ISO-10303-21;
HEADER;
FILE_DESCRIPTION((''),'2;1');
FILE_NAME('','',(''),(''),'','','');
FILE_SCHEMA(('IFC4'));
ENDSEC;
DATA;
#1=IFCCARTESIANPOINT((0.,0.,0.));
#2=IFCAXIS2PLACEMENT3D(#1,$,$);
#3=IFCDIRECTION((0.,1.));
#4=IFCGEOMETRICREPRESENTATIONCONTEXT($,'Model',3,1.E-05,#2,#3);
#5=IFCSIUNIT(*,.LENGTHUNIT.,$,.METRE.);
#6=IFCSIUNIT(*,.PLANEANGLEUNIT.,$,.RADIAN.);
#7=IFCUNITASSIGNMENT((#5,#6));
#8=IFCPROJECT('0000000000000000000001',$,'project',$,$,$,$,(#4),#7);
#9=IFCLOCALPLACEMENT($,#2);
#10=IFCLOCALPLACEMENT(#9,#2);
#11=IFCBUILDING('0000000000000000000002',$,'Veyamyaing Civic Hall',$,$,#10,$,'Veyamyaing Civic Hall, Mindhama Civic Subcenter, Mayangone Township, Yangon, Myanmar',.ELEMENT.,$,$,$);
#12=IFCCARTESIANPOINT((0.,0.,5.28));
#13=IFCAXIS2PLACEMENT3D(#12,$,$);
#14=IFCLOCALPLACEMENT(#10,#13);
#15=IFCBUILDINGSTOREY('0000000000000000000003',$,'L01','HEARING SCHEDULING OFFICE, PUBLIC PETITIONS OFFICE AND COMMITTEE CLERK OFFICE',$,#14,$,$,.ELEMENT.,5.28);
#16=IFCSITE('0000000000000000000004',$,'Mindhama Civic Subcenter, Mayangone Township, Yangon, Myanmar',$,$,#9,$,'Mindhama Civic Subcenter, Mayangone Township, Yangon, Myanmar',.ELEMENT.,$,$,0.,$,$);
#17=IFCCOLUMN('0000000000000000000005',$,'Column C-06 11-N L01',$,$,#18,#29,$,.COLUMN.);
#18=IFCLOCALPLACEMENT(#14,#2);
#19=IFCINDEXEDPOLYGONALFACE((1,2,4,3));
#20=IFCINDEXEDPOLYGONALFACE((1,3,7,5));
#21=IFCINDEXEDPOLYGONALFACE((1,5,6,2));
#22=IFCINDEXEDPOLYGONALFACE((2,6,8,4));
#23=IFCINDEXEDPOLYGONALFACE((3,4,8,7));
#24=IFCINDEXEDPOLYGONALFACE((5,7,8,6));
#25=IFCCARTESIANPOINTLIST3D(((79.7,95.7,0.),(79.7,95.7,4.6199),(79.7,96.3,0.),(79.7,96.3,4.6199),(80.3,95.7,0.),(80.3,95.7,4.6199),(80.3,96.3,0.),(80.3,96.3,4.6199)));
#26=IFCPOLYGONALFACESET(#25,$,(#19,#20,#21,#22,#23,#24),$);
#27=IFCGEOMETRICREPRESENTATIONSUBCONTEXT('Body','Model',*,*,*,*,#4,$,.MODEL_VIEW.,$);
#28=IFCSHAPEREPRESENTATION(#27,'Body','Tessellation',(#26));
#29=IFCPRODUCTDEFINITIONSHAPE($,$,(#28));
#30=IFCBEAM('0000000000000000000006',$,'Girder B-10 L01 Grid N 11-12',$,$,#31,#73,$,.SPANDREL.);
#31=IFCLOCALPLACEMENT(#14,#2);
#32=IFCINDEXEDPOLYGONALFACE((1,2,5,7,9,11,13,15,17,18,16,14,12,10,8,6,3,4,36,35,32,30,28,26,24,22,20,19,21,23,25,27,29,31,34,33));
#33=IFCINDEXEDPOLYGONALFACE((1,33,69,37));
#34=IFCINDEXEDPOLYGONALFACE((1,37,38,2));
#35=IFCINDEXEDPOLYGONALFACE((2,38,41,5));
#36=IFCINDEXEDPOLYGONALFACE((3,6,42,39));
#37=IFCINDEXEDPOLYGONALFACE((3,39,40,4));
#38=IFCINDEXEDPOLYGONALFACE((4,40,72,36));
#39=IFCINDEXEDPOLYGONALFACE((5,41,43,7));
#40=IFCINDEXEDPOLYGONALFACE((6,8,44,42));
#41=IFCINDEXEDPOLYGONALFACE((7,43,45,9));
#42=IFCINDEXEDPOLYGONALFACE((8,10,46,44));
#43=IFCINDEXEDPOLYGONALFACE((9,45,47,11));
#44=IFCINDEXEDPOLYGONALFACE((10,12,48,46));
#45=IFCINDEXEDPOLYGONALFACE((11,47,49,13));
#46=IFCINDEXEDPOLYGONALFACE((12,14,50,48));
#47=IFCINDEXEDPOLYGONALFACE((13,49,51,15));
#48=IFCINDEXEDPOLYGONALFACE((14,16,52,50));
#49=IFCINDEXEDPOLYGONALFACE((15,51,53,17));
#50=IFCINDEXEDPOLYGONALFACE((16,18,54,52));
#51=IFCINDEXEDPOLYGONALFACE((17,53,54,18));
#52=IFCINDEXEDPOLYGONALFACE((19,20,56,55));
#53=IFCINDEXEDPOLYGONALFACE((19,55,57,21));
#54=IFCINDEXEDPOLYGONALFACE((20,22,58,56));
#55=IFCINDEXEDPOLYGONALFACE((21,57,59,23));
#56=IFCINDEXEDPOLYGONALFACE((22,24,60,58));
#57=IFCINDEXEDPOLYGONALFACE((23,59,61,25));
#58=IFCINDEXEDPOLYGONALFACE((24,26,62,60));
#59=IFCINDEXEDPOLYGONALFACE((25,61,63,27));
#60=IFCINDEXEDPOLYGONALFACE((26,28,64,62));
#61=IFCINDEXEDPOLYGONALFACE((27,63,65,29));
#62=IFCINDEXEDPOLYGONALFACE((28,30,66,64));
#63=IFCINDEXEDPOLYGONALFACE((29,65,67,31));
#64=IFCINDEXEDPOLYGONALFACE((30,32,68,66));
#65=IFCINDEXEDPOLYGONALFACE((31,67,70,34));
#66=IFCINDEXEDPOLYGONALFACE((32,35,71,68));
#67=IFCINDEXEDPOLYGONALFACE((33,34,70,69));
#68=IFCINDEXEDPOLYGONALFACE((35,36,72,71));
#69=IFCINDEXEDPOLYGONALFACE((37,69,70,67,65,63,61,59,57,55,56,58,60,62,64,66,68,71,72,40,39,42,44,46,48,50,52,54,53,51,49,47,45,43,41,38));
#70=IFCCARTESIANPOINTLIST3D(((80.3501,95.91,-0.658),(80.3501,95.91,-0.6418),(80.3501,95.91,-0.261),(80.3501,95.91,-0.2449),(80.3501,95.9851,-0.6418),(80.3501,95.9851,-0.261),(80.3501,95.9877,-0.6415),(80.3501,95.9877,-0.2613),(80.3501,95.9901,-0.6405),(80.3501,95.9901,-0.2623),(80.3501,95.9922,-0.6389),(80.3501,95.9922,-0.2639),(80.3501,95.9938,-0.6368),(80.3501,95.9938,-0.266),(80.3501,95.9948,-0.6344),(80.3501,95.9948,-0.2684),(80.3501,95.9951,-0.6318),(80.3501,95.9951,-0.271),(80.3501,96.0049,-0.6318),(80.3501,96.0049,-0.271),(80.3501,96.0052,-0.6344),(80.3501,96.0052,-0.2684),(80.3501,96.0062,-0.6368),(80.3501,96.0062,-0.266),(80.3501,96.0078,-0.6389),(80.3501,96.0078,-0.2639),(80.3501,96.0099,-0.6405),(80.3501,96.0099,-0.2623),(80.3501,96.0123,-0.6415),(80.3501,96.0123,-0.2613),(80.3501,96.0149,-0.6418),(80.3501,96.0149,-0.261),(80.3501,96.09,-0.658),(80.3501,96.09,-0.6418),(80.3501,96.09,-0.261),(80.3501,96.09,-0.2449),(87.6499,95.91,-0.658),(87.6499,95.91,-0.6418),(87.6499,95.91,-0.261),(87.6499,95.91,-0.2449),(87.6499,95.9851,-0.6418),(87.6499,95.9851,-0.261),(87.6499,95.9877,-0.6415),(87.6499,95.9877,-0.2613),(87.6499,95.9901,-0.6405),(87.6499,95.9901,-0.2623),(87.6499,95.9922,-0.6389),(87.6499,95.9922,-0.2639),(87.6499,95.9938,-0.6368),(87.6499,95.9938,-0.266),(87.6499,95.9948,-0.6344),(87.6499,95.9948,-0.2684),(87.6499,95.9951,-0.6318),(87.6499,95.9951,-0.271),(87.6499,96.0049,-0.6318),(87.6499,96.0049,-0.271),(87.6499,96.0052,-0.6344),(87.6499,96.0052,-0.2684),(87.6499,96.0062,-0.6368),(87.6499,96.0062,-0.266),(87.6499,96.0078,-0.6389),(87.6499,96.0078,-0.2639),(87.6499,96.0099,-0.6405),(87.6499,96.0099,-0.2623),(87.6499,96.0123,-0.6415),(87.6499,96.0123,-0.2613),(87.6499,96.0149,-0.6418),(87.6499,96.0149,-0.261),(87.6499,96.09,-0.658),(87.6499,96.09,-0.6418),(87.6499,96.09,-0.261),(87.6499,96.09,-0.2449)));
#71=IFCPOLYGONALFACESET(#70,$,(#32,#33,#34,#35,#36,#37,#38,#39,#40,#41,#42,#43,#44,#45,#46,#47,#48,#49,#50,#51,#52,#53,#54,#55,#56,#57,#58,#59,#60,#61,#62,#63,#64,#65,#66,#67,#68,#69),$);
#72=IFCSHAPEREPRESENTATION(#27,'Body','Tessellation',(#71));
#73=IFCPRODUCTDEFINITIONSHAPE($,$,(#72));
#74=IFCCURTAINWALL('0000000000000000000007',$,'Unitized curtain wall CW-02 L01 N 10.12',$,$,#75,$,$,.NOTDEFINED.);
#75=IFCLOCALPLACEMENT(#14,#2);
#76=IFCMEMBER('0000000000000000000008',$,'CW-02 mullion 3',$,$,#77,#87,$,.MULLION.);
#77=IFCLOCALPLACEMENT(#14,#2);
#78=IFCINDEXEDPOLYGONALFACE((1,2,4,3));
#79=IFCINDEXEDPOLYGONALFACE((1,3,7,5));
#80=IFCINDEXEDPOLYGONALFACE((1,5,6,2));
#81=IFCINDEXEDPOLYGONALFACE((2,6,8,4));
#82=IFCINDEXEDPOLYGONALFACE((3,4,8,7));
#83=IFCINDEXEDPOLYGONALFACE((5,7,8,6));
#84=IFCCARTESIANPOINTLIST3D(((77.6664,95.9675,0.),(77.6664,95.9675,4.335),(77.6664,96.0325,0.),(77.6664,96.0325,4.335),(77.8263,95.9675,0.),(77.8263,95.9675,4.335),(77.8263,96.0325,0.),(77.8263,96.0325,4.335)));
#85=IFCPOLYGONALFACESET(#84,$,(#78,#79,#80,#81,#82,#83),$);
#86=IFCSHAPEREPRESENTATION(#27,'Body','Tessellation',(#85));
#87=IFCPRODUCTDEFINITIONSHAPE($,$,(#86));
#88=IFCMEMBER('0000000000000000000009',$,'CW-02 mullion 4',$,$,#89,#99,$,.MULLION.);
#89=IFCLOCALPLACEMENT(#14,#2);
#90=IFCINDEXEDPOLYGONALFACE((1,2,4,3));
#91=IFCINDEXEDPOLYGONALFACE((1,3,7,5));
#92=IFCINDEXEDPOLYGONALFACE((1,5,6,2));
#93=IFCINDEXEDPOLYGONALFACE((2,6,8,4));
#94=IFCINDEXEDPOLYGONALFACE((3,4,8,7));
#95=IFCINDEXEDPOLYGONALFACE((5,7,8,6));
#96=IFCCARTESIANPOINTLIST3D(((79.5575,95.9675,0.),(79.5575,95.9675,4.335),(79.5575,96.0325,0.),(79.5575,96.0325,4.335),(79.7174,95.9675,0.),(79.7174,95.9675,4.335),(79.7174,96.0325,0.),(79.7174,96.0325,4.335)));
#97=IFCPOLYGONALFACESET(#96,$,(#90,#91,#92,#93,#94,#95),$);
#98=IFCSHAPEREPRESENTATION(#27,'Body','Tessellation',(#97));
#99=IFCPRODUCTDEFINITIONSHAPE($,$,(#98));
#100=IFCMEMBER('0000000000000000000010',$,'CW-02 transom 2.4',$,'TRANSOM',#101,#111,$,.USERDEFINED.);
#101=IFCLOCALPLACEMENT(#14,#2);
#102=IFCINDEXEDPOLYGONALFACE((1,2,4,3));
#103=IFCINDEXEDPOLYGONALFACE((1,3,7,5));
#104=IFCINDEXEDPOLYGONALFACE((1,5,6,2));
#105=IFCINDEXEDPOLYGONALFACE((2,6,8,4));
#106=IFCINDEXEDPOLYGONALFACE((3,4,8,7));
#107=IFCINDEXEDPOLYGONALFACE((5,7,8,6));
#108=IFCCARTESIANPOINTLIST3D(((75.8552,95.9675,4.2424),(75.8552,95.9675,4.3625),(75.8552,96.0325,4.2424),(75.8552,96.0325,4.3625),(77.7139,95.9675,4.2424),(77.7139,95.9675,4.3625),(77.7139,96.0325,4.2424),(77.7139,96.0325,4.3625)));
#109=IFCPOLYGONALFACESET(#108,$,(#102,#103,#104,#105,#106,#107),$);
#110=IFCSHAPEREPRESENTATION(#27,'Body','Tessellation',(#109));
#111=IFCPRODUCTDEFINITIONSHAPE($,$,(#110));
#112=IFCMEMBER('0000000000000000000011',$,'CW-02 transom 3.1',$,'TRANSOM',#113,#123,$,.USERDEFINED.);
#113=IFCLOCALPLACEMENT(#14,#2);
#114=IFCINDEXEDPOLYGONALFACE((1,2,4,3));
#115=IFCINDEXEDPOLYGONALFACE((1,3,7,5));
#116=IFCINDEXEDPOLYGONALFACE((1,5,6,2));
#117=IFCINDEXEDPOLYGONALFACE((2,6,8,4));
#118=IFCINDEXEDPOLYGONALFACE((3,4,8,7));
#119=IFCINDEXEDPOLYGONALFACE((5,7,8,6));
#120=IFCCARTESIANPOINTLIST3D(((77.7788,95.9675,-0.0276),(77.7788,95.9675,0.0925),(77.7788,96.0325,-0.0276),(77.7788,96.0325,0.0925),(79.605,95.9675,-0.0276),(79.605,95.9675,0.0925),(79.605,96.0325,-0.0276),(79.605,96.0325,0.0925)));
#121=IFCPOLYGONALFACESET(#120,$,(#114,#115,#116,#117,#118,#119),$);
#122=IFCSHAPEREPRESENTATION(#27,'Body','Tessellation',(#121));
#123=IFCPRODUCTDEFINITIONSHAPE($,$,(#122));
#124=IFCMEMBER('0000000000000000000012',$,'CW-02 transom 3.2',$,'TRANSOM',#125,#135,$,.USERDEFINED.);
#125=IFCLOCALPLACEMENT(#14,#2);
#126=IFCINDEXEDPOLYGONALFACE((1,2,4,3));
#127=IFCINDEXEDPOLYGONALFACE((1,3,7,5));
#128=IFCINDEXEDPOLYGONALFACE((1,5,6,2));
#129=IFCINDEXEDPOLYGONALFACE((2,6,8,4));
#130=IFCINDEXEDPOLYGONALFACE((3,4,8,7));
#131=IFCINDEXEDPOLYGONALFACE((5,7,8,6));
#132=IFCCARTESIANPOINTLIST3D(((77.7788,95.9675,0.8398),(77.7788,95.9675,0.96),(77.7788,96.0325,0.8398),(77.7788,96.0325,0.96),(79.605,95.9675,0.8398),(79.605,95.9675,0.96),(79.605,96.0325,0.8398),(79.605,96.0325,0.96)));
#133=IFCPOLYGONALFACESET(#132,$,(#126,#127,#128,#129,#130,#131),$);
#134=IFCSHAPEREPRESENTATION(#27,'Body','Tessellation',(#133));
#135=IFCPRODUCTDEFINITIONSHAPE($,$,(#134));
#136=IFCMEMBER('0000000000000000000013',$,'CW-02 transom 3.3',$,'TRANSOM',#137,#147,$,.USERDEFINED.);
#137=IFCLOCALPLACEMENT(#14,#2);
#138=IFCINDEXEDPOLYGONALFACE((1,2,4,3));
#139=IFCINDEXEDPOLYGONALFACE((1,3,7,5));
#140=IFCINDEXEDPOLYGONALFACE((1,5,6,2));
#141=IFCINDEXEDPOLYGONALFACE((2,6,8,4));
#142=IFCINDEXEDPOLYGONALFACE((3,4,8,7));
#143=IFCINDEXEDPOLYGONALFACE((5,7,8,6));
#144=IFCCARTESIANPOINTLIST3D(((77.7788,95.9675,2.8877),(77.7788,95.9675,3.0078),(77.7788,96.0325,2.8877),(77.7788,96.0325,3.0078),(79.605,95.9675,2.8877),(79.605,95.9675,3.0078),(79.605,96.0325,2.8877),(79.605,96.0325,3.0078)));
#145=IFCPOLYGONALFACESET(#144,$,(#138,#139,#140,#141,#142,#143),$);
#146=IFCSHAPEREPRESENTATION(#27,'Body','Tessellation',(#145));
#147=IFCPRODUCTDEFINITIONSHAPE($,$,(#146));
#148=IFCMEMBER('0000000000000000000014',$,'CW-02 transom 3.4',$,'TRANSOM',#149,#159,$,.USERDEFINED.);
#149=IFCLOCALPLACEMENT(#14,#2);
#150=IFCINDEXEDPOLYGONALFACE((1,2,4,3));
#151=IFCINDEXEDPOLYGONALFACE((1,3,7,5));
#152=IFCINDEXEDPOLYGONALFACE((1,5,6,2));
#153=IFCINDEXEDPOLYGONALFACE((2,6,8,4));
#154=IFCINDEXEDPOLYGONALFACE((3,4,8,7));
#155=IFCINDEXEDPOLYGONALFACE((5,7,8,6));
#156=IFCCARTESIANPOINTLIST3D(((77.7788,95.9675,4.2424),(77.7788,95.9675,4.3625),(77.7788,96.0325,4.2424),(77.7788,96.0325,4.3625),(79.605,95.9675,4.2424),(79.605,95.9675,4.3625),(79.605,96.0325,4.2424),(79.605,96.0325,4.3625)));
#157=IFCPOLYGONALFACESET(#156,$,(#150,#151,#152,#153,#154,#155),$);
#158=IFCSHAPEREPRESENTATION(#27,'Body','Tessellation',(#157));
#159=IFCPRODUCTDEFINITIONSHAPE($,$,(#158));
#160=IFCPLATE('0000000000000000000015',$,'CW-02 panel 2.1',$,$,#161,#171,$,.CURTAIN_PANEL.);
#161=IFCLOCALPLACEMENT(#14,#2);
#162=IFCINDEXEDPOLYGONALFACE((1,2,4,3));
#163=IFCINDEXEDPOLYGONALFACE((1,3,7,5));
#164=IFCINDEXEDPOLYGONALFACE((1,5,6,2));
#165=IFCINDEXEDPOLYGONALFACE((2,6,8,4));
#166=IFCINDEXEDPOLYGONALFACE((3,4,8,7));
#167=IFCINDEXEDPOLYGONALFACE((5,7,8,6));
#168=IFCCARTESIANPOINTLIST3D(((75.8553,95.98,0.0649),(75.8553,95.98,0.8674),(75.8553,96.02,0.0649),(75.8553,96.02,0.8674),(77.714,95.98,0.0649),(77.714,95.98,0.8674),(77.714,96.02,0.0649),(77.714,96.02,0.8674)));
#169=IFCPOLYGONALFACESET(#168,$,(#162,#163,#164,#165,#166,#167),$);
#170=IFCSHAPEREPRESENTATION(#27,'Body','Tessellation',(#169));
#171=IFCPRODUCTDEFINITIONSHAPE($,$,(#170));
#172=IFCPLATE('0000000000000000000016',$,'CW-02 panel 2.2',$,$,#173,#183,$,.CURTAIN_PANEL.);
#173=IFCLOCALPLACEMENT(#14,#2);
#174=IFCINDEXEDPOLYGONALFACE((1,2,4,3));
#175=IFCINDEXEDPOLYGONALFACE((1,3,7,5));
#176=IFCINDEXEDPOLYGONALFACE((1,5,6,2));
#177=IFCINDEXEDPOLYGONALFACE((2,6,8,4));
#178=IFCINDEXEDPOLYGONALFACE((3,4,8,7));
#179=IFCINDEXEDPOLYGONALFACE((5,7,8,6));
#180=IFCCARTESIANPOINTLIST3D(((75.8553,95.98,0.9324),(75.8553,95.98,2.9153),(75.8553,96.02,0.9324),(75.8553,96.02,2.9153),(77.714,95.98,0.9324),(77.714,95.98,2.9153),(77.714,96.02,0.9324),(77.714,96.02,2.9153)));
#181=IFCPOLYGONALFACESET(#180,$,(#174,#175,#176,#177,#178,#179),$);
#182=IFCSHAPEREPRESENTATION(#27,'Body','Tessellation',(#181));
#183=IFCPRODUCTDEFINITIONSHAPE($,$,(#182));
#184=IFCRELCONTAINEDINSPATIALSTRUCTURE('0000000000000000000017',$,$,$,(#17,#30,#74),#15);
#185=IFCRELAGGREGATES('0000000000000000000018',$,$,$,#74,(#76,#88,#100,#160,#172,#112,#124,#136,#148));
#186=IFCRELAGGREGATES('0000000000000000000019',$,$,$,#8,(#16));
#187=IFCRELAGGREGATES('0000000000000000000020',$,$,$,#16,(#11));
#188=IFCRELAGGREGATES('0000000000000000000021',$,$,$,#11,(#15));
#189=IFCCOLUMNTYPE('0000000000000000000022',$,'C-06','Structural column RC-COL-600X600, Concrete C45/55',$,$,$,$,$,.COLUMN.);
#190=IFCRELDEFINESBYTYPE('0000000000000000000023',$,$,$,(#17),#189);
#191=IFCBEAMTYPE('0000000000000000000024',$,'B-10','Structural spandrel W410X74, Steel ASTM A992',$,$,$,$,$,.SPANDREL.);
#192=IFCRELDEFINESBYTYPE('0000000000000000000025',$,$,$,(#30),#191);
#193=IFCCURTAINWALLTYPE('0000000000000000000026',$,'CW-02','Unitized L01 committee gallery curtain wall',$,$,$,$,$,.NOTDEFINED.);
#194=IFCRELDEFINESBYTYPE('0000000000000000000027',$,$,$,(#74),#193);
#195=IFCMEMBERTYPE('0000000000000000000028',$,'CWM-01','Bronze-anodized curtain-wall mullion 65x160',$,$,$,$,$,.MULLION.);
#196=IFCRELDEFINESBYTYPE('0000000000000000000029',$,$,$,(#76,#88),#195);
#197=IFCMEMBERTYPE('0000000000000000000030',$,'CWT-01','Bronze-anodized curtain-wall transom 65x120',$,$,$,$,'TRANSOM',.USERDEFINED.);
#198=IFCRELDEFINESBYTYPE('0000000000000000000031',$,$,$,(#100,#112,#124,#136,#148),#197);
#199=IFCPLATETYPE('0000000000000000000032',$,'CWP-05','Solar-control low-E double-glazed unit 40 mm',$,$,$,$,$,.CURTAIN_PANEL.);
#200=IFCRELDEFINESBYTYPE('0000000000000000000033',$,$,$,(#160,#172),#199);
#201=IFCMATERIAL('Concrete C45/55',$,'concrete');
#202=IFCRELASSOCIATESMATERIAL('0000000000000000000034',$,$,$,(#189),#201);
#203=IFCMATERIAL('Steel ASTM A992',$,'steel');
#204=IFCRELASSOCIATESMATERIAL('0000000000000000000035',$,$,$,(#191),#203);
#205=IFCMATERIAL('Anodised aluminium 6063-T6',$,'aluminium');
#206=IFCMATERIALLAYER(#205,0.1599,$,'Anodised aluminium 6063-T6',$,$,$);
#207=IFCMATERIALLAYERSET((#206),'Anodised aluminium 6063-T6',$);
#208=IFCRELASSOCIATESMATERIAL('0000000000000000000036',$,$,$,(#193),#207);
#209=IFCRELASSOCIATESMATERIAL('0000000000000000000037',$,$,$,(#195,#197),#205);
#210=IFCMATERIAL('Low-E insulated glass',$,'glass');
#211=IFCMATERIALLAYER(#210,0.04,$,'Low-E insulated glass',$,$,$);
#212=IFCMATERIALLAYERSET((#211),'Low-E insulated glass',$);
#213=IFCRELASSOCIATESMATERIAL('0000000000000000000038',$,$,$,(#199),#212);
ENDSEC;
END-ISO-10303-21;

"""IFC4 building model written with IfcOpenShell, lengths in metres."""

from ifc_helpers import new_model, si_unit, direction, frame, origin, origin_2d, place, context, subcontext, project, spatial, rectangle, i_section, extrude, material, layer, layer_set, material_profile, profile_set, type_object, element, aggregate, save


model = new_model("IFC4")

# Units and contexts
model_context = context("Model", 3, precision=1e-05, world=origin(), true_north=direction((0.0, 1.0)))
body_context = subcontext(model_context, "Body", "Model", "MODEL_VIEW")
ifc_project = project(units=[si_unit("LENGTHUNIT", "METRE"), si_unit("PLANEANGLEUNIT", "RADIAN")], contexts=[model_context])

# Site, building, storey
site_placement = place(None, origin())
site = spatial("IfcSite", under=ifc_project, at=site_placement, Name="Mindhama Civic Subcenter, Mayangone Township, Yangon, Myanmar", LongName="Mindhama Civic Subcenter, Mayangone Township, Yangon, Myanmar", CompositionType="ELEMENT", RefElevation=0.0)
building_placement = place(site_placement, origin())
building = spatial("IfcBuilding", under=site, at=building_placement, Name="Veyamyaing Civic Hall", LongName="Veyamyaing Civic Hall, Mindhama Civic Subcenter, Mayangone Township, Yangon, Myanmar", CompositionType="ELEMENT")
storey_placement = place(building_placement, frame((0.0, 0.0, 5.28)))
storey = spatial("IfcBuildingStorey", under=building, at=storey_placement, Name="L01", Description="HEARING SCHEDULING OFFICE, PUBLIC PETITIONS OFFICE AND COMMITTEE CLERK OFFICE", CompositionType="ELEMENT", Elevation=5.28)

# Column
ifc_material_1 = material(Name="Concrete C45/55", Category="concrete")
ifc_material_profile_1 = material_profile(ifc_material_1, rectangle(XDim=0.6001, YDim=0.6001, at=origin_2d()), Name="RC-COL-600X600")
ifc_profile_set_1 = profile_set([ifc_material_profile_1], Name="Concrete C45/55")
column_type = type_object("IfcColumnType", Name="C-06", Description="Structural column RC-COL-600X600, Concrete C45/55", PredefinedType="COLUMN", material=ifc_profile_set_1)
column_placement = place(storey_placement, frame((80.0, 96.0, 0.0), z_axis=(0.0, 0.0, 1.0), x_axis=(1.0, 0.0, 0.0)))
element("IfcColumn", 1, at=column_placement, inside=storey, type_object=column_type, Name="Column C-06 11-N L01", PredefinedType="COLUMN", context=body_context, shape_type="SweptSolid", body=[
    extrude(rectangle(XDim=0.6001, YDim=0.6001, at=origin_2d()), origin(), (0.0, 0.0, 1.0), 4.6199),
])

# Beam
ifc_material_2 = material(Name="Steel ASTM A992", Category="steel")
ifc_material_profile_2 = material_profile(ifc_material_2, i_section(OverallWidth=0.1799, OverallDepth=0.4131, WebThickness=0.0098, FlangeThickness=0.0161, FilletRadius=0.01, at=origin_2d()), Name="W410X74")
ifc_profile_set_2 = profile_set([ifc_material_profile_2], Name="Steel ASTM A992")
beam_type = type_object("IfcBeamType", Name="B-10", Description="Structural spandrel W410X74, Steel ASTM A992", PredefinedType="SPANDREL", material=ifc_profile_set_2)
beam_placement = place(storey_placement, frame((80.3501, 96.0, -0.4514), z_axis=(1.0, 0.0, 0.0), x_axis=(0.0, 1.0, 0.0)))
element("IfcBeam", 2, at=beam_placement, inside=storey, type_object=beam_type, Name="Girder B-10 L01 Grid N 11-12", PredefinedType="SPANDREL", context=body_context, shape_type="SweptSolid", body=[
    extrude(i_section(OverallWidth=0.1799, OverallDepth=0.4131, WebThickness=0.0098, FlangeThickness=0.0161, FilletRadius=0.01, at=origin_2d()), origin(), (0.0, 0.0, 1.0), 7.2998),
])

# Curtain wall, members, plates
ifc_material_3 = material(Name="Anodised aluminium 6063-T6", Category="aluminium")
ifc_layer_1 = layer(ifc_material_3, 0.1599, Name="Anodised aluminium 6063-T6")
ifc_layer_set_1 = layer_set([ifc_layer_1], Name="Anodised aluminium 6063-T6")
curtain_wall_type = type_object("IfcCurtainWallType", Name="CW-02", Description="Unitized L01 committee gallery curtain wall", PredefinedType="NOTDEFINED", material=ifc_layer_set_1)
curtain_wall_placement = place(storey_placement, origin())
curtain_wall = element("IfcCurtainWall", 3, at=curtain_wall_placement, inside=storey, type_object=curtain_wall_type, Name="Unitized curtain wall CW-02 L01 N 10.12", PredefinedType="NOTDEFINED")
ifc_material_profile_3 = material_profile(ifc_material_3, rectangle(XDim=0.0649, YDim=0.1599, at=origin_2d()), Name="ALU-MUL-65X160")
ifc_profile_set_3 = profile_set([ifc_material_profile_3], Name="Anodised aluminium 6063-T6")
member_type_1 = type_object("IfcMemberType", Name="CWM-01", Description="Bronze-anodized curtain-wall mullion 65x160", PredefinedType="MULLION", material=ifc_profile_set_3)
member_1_placement = place(storey_placement, frame((77.7463, 96.0, 0.0), z_axis=(0.0, 0.0, 1.0), x_axis=(0.0, 1.0, 0.0)))
member_1 = element("IfcMember", 4, at=member_1_placement, type_object=member_type_1, Name="CW-02 mullion 3", PredefinedType="MULLION", context=body_context, shape_type="SweptSolid", body=[
    extrude(rectangle(XDim=0.0649, YDim=0.1599, at=origin_2d()), origin(), (0.0, 0.0, 1.0), 4.335),
])
member_2_placement = place(storey_placement, frame((79.6375, 96.0, 0.0), z_axis=(0.0, 0.0, 1.0), x_axis=(0.0, 1.0, 0.0)))
member_2 = element("IfcMember", 5, at=member_2_placement, type_object=member_type_1, Name="CW-02 mullion 4", PredefinedType="MULLION", context=body_context, shape_type="SweptSolid", body=[
    extrude(rectangle(XDim=0.0649, YDim=0.1599, at=origin_2d()), origin(), (0.0, 0.0, 1.0), 4.335),
])
ifc_material_profile_4 = material_profile(ifc_material_3, rectangle(XDim=0.0649, YDim=0.1201, at=origin_2d()), Name="ALU-TRN-65X120")
ifc_profile_set_4 = profile_set([ifc_material_profile_4], Name="Anodised aluminium 6063-T6")
member_type_2 = type_object("IfcMemberType", Name="CWT-01", Description="Bronze-anodized curtain-wall transom 65x120", ElementType="TRANSOM", PredefinedType="USERDEFINED", material=ifc_profile_set_4)
member_3_placement = place(storey_placement, frame((75.8552, 96.0, 4.3025), z_axis=(1.0, 0.0, 0.0), x_axis=(0.0, 1.0, 0.0)))
member_3 = element("IfcMember", 6, at=member_3_placement, type_object=member_type_2, Name="CW-02 transom 2.4", ObjectType="TRANSOM", PredefinedType="USERDEFINED", context=body_context, shape_type="SweptSolid", body=[
    extrude(rectangle(XDim=0.0649, YDim=0.1201, at=origin_2d()), origin(), (0.0, 0.0, 1.0), 1.8586),
])
member_4_placement = place(storey_placement, frame((77.7788, 96.0, 0.0325), z_axis=(1.0, 0.0, 0.0), x_axis=(0.0, 1.0, 0.0)))
member_4 = element("IfcMember", 7, at=member_4_placement, type_object=member_type_2, Name="CW-02 transom 3.1", ObjectType="TRANSOM", PredefinedType="USERDEFINED", context=body_context, shape_type="SweptSolid", body=[
    extrude(rectangle(XDim=0.0649, YDim=0.1201, at=origin_2d()), origin(), (0.0, 0.0, 1.0), 1.8262),
])
member_5_placement = place(storey_placement, frame((77.7788, 96.0, 0.8999), z_axis=(1.0, 0.0, 0.0), x_axis=(0.0, 1.0, 0.0)))
member_5 = element("IfcMember", 8, at=member_5_placement, type_object=member_type_2, Name="CW-02 transom 3.2", ObjectType="TRANSOM", PredefinedType="USERDEFINED", context=body_context, shape_type="SweptSolid", body=[
    extrude(rectangle(XDim=0.0649, YDim=0.1201, at=origin_2d()), origin(), (0.0, 0.0, 1.0), 1.8262),
])
member_6_placement = place(storey_placement, frame((77.7788, 96.0, 2.9478), z_axis=(1.0, 0.0, 0.0), x_axis=(0.0, 1.0, 0.0)))
member_6 = element("IfcMember", 9, at=member_6_placement, type_object=member_type_2, Name="CW-02 transom 3.3", ObjectType="TRANSOM", PredefinedType="USERDEFINED", context=body_context, shape_type="SweptSolid", body=[
    extrude(rectangle(XDim=0.0649, YDim=0.1201, at=origin_2d()), origin(), (0.0, 0.0, 1.0), 1.8262),
])
member_7_placement = place(storey_placement, frame((77.7788, 96.0, 4.3025), z_axis=(1.0, 0.0, 0.0), x_axis=(0.0, 1.0, 0.0)))
member_7 = element("IfcMember", 10, at=member_7_placement, type_object=member_type_2, Name="CW-02 transom 3.4", ObjectType="TRANSOM", PredefinedType="USERDEFINED", context=body_context, shape_type="SweptSolid", body=[
    extrude(rectangle(XDim=0.0649, YDim=0.1201, at=origin_2d()), origin(), (0.0, 0.0, 1.0), 1.8262),
])
ifc_material_4 = material(Name="Low-E insulated glass", Category="glass")
ifc_layer_2 = layer(ifc_material_4, 0.04, Name="Low-E insulated glass")
ifc_layer_set_2 = layer_set([ifc_layer_2], Name="Low-E insulated glass")
plate_type = type_object("IfcPlateType", Name="CWP-05", Description="Solar-control low-E double-glazed unit 40 mm", PredefinedType="CURTAIN_PANEL", material=ifc_layer_set_2)
plate_1_placement = place(storey_placement, frame((76.7847, 96.0, 0.0649), z_axis=(0.0, 0.0, 1.0), x_axis=(1.0, 0.0, 0.0)))
plate_1 = element("IfcPlate", 11, at=plate_1_placement, type_object=plate_type, Name="CW-02 panel 2.1", PredefinedType="CURTAIN_PANEL", context=body_context, shape_type="SweptSolid", body=[
    extrude(rectangle(XDim=1.8586, YDim=0.04, at=origin_2d()), origin(), (0.0, 0.0, 1.0), 0.8025),
])
plate_2_placement = place(storey_placement, frame((76.7847, 96.0, 0.9324), z_axis=(0.0, 0.0, 1.0), x_axis=(1.0, 0.0, 0.0)))
plate_2 = element("IfcPlate", 12, at=plate_2_placement, type_object=plate_type, Name="CW-02 panel 2.2", PredefinedType="CURTAIN_PANEL", context=body_context, shape_type="SweptSolid", body=[
    extrude(rectangle(XDim=1.8586, YDim=0.04, at=origin_2d()), origin(), (0.0, 0.0, 1.0), 1.9829),
])
aggregate(curtain_wall, [member_1, member_2, member_3, plate_1, plate_2, member_4, member_5, member_6, member_7])

save(model, "model.ifc")
